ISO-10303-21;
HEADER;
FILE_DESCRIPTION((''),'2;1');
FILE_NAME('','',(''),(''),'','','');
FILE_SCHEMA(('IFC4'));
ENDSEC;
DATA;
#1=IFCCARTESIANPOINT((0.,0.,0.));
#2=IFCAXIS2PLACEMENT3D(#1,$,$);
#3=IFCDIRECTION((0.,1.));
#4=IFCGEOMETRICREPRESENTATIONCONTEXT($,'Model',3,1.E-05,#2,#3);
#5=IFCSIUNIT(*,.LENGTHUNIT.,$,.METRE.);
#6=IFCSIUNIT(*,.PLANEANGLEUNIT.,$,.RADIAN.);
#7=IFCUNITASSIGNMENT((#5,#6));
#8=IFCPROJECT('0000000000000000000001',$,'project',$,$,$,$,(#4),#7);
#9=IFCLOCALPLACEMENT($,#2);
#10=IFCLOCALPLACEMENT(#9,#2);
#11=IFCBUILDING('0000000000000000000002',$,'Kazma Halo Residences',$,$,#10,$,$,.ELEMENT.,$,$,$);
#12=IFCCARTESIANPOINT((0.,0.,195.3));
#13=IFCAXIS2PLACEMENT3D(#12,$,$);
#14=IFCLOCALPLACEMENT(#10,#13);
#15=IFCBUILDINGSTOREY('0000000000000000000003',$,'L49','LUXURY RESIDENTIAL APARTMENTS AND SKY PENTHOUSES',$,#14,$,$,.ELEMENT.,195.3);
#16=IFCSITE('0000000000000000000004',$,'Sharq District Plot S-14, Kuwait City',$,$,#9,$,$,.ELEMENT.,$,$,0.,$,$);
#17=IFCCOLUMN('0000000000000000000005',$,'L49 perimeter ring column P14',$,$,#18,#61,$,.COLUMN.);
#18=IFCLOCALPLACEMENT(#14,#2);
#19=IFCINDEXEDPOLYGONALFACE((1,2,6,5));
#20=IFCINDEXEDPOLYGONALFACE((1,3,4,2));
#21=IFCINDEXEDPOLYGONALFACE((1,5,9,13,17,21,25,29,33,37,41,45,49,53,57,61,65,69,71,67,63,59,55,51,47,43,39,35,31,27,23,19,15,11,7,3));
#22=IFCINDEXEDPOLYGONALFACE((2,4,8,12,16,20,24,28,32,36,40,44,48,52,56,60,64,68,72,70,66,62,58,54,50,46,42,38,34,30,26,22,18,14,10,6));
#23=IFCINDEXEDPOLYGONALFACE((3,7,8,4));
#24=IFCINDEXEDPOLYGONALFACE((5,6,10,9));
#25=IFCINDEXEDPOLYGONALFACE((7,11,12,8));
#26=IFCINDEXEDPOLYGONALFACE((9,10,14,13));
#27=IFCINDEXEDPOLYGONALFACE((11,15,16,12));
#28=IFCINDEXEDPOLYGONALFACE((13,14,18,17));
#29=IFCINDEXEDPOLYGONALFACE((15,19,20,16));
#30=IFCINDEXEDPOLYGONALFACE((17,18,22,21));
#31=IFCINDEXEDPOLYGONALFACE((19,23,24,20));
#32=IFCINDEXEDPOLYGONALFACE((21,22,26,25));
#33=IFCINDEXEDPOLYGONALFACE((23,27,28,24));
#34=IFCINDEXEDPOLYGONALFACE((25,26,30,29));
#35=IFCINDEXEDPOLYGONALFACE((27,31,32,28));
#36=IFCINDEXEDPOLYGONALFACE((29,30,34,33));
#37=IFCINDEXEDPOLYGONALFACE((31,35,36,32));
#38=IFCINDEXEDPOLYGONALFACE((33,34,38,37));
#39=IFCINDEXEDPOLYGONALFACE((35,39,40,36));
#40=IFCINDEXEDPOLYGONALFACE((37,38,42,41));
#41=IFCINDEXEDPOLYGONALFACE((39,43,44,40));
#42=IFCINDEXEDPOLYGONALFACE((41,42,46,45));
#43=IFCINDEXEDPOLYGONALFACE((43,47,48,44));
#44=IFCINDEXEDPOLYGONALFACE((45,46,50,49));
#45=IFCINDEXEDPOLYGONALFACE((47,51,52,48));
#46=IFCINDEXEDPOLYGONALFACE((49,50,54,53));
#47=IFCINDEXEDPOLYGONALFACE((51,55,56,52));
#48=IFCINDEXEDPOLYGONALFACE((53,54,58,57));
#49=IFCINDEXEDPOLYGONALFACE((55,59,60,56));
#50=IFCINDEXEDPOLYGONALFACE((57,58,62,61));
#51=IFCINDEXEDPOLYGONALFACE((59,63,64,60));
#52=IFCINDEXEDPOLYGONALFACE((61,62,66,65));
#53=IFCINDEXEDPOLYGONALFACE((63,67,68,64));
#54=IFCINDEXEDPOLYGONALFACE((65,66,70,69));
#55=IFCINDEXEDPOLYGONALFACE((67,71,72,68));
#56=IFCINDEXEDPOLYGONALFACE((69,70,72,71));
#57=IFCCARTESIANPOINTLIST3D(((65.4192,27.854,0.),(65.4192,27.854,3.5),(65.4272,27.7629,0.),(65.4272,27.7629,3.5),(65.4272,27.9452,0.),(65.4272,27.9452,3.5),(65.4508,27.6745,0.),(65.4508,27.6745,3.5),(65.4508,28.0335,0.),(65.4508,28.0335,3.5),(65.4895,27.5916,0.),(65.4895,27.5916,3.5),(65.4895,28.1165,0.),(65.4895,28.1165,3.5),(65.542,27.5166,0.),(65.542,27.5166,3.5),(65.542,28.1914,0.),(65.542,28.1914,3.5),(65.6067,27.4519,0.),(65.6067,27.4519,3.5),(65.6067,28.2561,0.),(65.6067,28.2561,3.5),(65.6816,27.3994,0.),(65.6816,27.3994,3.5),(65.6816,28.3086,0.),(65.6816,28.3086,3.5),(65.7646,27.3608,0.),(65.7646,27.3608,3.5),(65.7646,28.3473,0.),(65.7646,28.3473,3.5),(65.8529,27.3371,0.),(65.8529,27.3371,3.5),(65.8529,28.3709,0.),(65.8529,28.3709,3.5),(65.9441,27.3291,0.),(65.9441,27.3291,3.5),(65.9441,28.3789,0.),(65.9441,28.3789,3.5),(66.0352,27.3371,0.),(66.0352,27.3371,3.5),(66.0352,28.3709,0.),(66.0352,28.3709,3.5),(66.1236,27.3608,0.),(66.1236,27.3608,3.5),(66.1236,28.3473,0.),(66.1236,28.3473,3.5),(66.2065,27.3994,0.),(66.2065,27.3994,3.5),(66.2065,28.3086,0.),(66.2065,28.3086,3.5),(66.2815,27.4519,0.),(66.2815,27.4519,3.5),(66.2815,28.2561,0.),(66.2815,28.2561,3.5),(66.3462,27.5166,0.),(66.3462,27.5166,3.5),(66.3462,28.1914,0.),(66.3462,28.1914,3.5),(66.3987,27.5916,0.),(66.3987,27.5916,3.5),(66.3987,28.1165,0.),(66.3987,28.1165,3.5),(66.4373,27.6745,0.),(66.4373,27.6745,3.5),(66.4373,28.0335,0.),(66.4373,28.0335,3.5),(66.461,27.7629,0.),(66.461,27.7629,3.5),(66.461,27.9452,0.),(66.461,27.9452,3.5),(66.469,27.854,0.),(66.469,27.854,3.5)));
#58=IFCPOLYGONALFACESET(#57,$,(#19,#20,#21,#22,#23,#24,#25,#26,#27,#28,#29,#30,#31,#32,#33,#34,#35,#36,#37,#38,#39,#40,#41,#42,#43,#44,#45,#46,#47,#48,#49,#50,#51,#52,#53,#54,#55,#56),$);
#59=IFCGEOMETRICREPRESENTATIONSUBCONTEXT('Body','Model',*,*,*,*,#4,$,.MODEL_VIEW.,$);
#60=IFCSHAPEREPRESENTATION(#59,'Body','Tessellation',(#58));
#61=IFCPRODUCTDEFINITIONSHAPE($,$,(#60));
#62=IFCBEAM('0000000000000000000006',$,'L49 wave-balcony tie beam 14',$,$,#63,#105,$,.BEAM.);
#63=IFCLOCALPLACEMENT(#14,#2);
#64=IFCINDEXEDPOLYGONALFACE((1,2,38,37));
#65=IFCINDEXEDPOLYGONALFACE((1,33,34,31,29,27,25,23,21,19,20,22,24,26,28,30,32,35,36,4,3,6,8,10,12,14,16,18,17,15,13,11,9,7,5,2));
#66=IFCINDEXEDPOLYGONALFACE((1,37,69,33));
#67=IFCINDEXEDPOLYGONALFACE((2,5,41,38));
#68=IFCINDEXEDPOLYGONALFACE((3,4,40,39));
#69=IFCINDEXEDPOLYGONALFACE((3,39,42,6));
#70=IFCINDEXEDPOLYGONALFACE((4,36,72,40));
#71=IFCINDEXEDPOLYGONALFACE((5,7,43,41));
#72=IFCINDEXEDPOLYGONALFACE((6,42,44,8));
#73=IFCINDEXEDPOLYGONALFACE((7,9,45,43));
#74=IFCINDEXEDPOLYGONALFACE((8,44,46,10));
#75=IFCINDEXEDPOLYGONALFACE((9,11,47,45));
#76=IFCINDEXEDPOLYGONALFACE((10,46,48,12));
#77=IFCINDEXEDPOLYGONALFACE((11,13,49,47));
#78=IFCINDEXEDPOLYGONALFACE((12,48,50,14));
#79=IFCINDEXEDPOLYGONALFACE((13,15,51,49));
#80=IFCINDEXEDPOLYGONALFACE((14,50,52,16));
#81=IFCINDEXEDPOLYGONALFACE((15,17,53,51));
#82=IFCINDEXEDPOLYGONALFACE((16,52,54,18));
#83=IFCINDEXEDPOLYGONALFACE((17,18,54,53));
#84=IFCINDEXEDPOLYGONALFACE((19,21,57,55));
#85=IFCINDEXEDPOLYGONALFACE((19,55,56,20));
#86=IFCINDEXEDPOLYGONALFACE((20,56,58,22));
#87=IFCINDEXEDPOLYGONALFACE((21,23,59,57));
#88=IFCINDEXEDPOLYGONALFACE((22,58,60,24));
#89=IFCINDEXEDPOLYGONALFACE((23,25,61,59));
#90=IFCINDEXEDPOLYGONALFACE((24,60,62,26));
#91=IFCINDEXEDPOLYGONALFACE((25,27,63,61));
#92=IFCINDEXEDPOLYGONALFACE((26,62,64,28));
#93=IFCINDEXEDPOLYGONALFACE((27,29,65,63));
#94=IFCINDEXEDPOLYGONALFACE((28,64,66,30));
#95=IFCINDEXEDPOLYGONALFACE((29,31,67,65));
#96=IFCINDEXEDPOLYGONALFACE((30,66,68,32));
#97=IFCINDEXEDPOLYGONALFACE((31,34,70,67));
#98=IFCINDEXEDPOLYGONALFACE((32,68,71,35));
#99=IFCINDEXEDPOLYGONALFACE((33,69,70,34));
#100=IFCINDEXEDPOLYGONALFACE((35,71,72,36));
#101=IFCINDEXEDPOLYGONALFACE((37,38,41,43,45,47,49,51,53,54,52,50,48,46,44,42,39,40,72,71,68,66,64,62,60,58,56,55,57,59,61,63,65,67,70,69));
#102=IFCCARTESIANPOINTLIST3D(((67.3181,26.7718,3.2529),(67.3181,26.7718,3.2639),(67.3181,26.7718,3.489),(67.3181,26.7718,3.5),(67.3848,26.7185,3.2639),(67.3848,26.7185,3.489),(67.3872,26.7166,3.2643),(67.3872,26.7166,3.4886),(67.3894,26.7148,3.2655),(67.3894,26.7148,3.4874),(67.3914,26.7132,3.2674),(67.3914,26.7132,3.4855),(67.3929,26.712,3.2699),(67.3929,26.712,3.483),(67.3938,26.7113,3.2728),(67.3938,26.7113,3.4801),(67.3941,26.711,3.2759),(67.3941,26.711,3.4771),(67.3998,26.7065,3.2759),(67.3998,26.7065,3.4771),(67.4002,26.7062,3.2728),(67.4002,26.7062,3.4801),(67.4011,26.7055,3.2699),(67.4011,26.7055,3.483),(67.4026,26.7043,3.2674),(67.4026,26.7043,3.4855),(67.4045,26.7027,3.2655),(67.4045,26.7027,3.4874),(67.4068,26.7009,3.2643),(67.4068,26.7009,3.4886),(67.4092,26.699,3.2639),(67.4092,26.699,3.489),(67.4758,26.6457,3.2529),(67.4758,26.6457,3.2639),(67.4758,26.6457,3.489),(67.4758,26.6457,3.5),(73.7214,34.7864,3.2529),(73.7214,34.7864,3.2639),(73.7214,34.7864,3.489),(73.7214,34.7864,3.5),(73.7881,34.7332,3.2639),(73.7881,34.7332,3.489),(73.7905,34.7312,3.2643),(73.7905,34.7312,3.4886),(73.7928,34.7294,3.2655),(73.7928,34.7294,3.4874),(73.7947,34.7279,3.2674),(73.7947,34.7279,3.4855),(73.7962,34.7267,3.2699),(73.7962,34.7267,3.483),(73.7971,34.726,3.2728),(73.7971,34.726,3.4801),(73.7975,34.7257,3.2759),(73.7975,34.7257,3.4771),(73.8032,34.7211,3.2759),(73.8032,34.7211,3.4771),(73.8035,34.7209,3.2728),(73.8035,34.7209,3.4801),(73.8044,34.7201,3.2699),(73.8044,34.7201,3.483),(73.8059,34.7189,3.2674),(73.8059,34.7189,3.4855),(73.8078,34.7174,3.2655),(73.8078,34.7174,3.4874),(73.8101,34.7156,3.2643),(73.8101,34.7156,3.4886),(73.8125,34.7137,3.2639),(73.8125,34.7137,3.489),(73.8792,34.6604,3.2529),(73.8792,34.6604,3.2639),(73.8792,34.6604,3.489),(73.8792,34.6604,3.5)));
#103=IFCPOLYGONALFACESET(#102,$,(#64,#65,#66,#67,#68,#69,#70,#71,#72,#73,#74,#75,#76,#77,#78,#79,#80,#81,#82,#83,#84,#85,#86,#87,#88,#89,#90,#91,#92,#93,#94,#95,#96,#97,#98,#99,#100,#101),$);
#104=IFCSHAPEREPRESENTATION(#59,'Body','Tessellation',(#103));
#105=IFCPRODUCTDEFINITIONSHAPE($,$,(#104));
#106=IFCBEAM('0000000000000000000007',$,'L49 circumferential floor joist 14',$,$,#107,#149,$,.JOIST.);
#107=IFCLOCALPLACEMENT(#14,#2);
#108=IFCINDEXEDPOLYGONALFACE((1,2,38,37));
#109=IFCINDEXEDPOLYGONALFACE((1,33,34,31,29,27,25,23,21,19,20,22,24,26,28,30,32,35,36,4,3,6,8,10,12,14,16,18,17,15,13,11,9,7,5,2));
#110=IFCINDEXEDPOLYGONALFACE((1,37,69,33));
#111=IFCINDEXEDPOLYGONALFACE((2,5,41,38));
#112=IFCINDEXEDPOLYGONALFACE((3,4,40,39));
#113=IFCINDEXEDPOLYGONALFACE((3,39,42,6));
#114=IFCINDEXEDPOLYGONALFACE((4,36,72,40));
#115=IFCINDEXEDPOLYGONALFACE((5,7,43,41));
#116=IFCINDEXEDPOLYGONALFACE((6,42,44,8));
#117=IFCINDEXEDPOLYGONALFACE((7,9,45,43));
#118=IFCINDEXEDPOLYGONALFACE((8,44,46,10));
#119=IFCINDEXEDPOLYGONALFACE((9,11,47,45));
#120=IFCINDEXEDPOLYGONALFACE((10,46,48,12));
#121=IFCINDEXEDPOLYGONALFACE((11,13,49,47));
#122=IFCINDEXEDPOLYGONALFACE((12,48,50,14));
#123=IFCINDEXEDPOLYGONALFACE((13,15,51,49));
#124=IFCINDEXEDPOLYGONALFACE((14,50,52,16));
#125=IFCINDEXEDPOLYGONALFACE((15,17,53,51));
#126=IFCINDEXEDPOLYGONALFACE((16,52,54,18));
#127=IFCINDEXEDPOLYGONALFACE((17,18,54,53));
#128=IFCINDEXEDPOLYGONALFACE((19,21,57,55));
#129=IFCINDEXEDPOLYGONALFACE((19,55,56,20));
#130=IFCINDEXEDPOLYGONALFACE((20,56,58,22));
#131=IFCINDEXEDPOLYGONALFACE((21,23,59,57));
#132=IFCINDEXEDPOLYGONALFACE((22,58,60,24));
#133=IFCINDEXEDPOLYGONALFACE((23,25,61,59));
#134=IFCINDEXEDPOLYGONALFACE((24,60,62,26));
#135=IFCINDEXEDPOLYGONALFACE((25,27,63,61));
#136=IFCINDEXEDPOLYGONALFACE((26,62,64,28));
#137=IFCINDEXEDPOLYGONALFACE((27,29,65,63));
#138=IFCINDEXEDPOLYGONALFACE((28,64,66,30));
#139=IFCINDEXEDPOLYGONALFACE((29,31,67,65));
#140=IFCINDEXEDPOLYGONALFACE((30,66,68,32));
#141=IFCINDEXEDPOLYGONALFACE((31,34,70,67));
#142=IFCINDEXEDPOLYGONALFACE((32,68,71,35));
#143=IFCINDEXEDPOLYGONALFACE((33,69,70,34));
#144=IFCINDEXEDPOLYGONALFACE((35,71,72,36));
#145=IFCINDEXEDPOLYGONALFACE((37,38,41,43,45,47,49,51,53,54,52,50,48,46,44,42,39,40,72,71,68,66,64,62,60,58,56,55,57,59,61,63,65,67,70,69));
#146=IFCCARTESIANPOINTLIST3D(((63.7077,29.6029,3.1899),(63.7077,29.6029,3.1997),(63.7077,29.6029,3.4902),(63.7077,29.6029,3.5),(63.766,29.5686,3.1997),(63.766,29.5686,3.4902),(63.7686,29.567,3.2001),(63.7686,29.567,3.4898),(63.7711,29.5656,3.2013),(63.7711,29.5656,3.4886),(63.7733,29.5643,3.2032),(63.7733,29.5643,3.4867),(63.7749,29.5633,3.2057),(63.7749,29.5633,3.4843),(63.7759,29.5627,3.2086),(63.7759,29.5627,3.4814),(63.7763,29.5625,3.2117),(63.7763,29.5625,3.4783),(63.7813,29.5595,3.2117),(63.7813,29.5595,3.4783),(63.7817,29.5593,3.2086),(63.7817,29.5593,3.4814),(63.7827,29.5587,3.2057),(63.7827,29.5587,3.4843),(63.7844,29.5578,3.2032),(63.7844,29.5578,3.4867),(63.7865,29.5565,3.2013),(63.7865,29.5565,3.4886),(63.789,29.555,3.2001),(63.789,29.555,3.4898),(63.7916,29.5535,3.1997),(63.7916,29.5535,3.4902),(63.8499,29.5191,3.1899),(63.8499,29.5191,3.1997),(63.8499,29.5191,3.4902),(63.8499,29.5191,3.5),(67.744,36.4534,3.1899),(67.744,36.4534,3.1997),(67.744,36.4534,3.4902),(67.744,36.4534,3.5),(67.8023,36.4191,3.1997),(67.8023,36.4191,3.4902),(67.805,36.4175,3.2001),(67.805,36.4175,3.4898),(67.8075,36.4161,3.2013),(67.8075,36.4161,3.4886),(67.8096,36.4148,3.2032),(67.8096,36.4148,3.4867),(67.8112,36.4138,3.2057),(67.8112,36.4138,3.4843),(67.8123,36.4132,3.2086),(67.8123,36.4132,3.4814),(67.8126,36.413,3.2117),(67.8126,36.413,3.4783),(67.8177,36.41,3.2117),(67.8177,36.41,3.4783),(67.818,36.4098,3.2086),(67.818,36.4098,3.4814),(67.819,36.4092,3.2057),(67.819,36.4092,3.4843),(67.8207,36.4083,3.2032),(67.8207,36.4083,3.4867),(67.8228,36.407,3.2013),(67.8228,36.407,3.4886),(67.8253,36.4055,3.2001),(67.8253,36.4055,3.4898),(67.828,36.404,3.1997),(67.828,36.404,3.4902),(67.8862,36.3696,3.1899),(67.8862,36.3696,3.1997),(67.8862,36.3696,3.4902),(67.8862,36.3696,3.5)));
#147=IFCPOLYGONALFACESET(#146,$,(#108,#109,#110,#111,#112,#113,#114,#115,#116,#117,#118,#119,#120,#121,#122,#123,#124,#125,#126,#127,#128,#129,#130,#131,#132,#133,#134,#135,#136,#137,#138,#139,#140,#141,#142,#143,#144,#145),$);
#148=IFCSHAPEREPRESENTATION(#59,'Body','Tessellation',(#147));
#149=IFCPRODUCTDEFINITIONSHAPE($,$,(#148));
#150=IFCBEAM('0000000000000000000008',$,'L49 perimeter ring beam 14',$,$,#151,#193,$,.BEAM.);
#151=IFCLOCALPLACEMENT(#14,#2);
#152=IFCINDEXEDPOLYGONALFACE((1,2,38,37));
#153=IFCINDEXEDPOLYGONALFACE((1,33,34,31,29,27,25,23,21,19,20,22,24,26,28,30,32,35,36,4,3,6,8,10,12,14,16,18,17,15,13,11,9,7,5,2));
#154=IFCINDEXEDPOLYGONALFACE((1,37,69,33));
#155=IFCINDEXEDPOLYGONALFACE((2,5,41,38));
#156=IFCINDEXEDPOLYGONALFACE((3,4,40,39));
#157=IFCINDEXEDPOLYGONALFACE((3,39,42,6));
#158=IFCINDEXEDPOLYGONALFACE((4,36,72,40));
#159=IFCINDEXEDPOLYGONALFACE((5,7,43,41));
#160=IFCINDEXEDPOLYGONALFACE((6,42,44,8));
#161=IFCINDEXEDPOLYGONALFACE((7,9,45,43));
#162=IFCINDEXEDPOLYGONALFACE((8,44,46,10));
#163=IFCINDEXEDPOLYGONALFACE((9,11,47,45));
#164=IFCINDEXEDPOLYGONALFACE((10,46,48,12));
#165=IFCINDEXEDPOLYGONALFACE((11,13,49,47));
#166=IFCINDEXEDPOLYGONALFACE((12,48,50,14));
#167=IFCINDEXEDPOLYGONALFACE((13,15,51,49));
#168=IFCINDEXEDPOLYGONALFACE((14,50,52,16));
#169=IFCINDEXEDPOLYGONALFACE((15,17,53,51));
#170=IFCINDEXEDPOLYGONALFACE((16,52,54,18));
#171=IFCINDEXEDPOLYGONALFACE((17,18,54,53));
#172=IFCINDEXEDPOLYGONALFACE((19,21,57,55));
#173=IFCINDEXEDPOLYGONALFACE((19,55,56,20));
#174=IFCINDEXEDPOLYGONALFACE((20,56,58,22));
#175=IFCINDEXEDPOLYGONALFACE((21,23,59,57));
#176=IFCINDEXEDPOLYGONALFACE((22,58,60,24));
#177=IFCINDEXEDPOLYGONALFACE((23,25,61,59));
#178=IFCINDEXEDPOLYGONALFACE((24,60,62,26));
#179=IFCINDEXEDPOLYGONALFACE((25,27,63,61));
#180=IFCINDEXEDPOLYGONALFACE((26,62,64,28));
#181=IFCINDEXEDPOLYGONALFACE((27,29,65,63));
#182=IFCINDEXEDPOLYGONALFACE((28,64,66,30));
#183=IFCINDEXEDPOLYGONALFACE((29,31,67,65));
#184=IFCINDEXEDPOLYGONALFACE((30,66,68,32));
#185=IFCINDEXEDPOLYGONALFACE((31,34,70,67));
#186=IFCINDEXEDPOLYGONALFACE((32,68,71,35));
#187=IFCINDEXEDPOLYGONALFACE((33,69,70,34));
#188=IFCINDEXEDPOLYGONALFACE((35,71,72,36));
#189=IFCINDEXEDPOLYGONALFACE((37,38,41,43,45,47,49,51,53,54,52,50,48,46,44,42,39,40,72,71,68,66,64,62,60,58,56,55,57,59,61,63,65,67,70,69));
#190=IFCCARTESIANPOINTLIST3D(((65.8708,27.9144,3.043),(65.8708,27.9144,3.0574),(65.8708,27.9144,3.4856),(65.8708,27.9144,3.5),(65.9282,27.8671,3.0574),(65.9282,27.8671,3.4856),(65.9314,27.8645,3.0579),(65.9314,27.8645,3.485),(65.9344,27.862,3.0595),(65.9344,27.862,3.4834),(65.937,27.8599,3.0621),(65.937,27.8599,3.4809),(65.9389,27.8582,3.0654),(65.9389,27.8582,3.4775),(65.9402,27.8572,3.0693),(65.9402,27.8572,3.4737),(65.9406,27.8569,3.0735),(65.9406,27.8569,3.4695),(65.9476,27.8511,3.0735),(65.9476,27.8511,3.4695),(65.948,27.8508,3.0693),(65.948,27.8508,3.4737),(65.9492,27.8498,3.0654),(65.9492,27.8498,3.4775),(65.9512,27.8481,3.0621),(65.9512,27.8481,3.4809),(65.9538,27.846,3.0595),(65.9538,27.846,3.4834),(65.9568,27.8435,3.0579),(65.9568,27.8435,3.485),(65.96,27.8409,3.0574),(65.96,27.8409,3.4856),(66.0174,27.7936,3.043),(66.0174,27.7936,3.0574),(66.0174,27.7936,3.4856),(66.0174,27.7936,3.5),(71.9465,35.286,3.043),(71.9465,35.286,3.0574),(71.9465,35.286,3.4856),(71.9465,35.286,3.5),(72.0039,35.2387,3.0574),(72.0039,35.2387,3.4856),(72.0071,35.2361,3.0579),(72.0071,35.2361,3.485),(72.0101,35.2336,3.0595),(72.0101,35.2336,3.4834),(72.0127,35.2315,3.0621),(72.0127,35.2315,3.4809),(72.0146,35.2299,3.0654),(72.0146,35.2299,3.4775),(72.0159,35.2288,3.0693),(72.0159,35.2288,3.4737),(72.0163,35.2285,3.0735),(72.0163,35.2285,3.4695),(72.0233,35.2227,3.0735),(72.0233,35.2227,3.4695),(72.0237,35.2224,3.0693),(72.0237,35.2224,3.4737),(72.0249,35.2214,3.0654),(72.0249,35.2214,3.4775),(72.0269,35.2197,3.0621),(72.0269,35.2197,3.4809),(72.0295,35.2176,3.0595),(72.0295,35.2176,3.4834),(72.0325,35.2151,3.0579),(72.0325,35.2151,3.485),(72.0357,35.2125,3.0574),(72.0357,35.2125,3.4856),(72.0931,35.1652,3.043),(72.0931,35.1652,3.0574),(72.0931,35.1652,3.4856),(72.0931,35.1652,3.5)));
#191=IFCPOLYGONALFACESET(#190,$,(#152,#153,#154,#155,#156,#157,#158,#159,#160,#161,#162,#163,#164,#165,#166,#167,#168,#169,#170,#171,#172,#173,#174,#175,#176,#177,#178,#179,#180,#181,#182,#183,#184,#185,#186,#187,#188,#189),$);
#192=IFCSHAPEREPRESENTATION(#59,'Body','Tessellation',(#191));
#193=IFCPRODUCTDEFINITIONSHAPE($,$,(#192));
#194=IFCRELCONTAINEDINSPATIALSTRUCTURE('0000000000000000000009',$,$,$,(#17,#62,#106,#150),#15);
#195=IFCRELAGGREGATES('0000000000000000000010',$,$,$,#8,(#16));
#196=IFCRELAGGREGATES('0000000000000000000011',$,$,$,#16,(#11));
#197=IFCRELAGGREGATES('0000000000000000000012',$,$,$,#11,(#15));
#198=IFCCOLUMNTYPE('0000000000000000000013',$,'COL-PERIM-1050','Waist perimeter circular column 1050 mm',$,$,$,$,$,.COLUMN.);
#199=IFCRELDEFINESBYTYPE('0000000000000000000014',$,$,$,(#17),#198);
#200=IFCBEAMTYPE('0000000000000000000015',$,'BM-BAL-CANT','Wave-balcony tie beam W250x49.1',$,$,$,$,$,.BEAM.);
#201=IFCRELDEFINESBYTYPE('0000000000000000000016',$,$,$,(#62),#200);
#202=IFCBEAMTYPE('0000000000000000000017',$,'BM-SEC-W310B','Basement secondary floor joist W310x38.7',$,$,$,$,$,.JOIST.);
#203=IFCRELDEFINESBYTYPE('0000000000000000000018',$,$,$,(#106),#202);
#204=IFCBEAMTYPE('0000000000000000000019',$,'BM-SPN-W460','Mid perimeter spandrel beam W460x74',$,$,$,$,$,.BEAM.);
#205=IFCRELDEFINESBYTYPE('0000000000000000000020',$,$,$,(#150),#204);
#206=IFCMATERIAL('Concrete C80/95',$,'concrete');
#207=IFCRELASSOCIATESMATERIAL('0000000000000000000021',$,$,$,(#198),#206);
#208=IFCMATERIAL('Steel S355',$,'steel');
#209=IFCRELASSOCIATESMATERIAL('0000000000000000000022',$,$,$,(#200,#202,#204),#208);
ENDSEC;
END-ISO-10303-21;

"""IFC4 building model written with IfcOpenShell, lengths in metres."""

from ifc_helpers import new_model, si_unit, direction, frame, origin, origin_2d, place, context, subcontext, project, spatial, circle, i_section, extrude, material, material_profile, profile_set, type_object, element, save


model = new_model("IFC4")

# Units and contexts
model_context = context("Model", 3, precision=1e-05, world=origin(), true_north=direction((0.0, 1.0)))
body_context = subcontext(model_context, "Body", "Model", "MODEL_VIEW")
ifc_project = project(units=[si_unit("LENGTHUNIT", "METRE"), si_unit("PLANEANGLEUNIT", "RADIAN")], contexts=[model_context])

# Site, building, storey
site_placement = place(None, origin())
site = spatial("IfcSite", under=ifc_project, at=site_placement, Name="Sharq District Plot S-14, Kuwait City", CompositionType="ELEMENT", RefElevation=0.0)
building_placement = place(site_placement, origin())
building = spatial("IfcBuilding", under=site, at=building_placement, Name="Kazma Halo Residences", CompositionType="ELEMENT")
storey_placement = place(building_placement, frame((0.0, 0.0, 195.3)))
storey = spatial("IfcBuildingStorey", under=building, at=storey_placement, Name="L49", Description="LUXURY RESIDENTIAL APARTMENTS AND SKY PENTHOUSES", CompositionType="ELEMENT", Elevation=195.3)

# Column
ifc_material_1 = material(Name="Concrete C80/95", Category="concrete")
ifc_material_profile_1 = material_profile(ifc_material_1, circle(Radius=0.5249, at=origin_2d()), Name="CIRC1050")
ifc_profile_set_1 = profile_set([ifc_material_profile_1], Name="Concrete C80/95")
column_type = type_object("IfcColumnType", Name="COL-PERIM-1050", Description="Waist perimeter circular column 1050 mm", PredefinedType="COLUMN", material=ifc_profile_set_1)
column_placement = place(storey_placement, frame((65.9441, 27.854, 0.0), z_axis=(0.0, 0.0, 1.0), x_axis=(1.0, 0.0, 0.0)))
element("IfcColumn", 1, at=column_placement, inside=storey, type_object=column_type, Name="L49 perimeter ring column P14", PredefinedType="COLUMN", context=body_context, shape_type="SweptSolid", body=[
    extrude(circle(Radius=0.5249, at=origin_2d()), origin(), (0.0, 0.0, 1.0), 3.5),
])

# Beams
ifc_material_2 = material(Name="Steel S355", Category="steel")
ifc_material_profile_2 = material_profile(ifc_material_2, i_section(OverallWidth=0.2019, OverallDepth=0.2471, WebThickness=0.0073, FlangeThickness=0.011, FilletRadius=0.012, at=origin_2d()), Name="W250x49.1")
ifc_profile_set_2 = profile_set([ifc_material_profile_2], Name="Steel S355")
beam_type_1 = type_object("IfcBeamType", Name="BM-BAL-CANT", Description="Wave-balcony tie beam W250x49.1", PredefinedType="BEAM", material=ifc_profile_set_2)
beam_1_placement = place(storey_placement, frame((67.397, 26.7087, 3.3765), z_axis=(0.624196, 0.781268, 0.0), x_axis=(-0.781268, 0.624196, 0.0)))
element("IfcBeam", 2, at=beam_1_placement, inside=storey, type_object=beam_type_1, Name="L49 wave-balcony tie beam 14", PredefinedType="BEAM", context=body_context, shape_type="SweptSolid", body=[
    extrude(i_section(OverallWidth=0.2019, OverallDepth=0.2471, WebThickness=0.0073, FlangeThickness=0.011, FilletRadius=0.012, at=origin_2d()), origin(), (0.0, 0.0, 1.0), 10.2585),
])
ifc_material_profile_3 = material_profile(ifc_material_2, i_section(OverallWidth=0.165, OverallDepth=0.3101, WebThickness=0.0059, FlangeThickness=0.0098, FilletRadius=0.012, at=origin_2d()), Name="W310x38.7")
ifc_profile_set_3 = profile_set([ifc_material_profile_3], Name="Steel S355")
beam_type_2 = type_object("IfcBeamType", Name="BM-SEC-W310B", Description="Basement secondary floor joist W310x38.7", PredefinedType="JOIST", material=ifc_profile_set_3)
beam_2_placement = place(storey_placement, frame((63.7788, 29.561, 3.345), z_axis=(0.507639, 0.86157, 0.0), x_axis=(-0.86157, 0.507639, 0.0)))
element("IfcBeam", 3, at=beam_2_placement, inside=storey, type_object=beam_type_2, Name="L49 circumferential floor joist 14", PredefinedType="JOIST", context=body_context, shape_type="SweptSolid", body=[
    extrude(i_section(OverallWidth=0.165, OverallDepth=0.3101, WebThickness=0.0059, FlangeThickness=0.0098, FilletRadius=0.012, at=origin_2d()), origin(), (0.0, 0.0, 1.0), 7.9512),
])
ifc_material_profile_4 = material_profile(ifc_material_2, i_section(OverallWidth=0.1899, OverallDepth=0.457, WebThickness=0.009, FlangeThickness=0.0144, FilletRadius=0.0161, at=origin_2d()), Name="W460x74")
ifc_profile_set_4 = profile_set([ifc_material_profile_4], Name="Steel S355")
beam_type_3 = type_object("IfcBeamType", Name="BM-SPN-W460", Description="Mid perimeter spandrel beam W460x74", PredefinedType="BEAM", material=ifc_profile_set_4)
beam_3_placement = place(storey_placement, frame((65.9441, 27.854, 3.2715), z_axis=(0.636017, 0.771675, 0.0), x_axis=(-0.771675, 0.636017, 0.0)))
element("IfcBeam", 4, at=beam_3_placement, inside=storey, type_object=beam_type_3, Name="L49 perimeter ring beam 14", PredefinedType="BEAM", context=body_context, shape_type="SweptSolid", body=[
    extrude(i_section(OverallWidth=0.1899, OverallDepth=0.457, WebThickness=0.009, FlangeThickness=0.0144, FilletRadius=0.0161, at=origin_2d()), origin(), (0.0, 0.0, 1.0), 9.5527),
])

save(model, "model.ifc")
